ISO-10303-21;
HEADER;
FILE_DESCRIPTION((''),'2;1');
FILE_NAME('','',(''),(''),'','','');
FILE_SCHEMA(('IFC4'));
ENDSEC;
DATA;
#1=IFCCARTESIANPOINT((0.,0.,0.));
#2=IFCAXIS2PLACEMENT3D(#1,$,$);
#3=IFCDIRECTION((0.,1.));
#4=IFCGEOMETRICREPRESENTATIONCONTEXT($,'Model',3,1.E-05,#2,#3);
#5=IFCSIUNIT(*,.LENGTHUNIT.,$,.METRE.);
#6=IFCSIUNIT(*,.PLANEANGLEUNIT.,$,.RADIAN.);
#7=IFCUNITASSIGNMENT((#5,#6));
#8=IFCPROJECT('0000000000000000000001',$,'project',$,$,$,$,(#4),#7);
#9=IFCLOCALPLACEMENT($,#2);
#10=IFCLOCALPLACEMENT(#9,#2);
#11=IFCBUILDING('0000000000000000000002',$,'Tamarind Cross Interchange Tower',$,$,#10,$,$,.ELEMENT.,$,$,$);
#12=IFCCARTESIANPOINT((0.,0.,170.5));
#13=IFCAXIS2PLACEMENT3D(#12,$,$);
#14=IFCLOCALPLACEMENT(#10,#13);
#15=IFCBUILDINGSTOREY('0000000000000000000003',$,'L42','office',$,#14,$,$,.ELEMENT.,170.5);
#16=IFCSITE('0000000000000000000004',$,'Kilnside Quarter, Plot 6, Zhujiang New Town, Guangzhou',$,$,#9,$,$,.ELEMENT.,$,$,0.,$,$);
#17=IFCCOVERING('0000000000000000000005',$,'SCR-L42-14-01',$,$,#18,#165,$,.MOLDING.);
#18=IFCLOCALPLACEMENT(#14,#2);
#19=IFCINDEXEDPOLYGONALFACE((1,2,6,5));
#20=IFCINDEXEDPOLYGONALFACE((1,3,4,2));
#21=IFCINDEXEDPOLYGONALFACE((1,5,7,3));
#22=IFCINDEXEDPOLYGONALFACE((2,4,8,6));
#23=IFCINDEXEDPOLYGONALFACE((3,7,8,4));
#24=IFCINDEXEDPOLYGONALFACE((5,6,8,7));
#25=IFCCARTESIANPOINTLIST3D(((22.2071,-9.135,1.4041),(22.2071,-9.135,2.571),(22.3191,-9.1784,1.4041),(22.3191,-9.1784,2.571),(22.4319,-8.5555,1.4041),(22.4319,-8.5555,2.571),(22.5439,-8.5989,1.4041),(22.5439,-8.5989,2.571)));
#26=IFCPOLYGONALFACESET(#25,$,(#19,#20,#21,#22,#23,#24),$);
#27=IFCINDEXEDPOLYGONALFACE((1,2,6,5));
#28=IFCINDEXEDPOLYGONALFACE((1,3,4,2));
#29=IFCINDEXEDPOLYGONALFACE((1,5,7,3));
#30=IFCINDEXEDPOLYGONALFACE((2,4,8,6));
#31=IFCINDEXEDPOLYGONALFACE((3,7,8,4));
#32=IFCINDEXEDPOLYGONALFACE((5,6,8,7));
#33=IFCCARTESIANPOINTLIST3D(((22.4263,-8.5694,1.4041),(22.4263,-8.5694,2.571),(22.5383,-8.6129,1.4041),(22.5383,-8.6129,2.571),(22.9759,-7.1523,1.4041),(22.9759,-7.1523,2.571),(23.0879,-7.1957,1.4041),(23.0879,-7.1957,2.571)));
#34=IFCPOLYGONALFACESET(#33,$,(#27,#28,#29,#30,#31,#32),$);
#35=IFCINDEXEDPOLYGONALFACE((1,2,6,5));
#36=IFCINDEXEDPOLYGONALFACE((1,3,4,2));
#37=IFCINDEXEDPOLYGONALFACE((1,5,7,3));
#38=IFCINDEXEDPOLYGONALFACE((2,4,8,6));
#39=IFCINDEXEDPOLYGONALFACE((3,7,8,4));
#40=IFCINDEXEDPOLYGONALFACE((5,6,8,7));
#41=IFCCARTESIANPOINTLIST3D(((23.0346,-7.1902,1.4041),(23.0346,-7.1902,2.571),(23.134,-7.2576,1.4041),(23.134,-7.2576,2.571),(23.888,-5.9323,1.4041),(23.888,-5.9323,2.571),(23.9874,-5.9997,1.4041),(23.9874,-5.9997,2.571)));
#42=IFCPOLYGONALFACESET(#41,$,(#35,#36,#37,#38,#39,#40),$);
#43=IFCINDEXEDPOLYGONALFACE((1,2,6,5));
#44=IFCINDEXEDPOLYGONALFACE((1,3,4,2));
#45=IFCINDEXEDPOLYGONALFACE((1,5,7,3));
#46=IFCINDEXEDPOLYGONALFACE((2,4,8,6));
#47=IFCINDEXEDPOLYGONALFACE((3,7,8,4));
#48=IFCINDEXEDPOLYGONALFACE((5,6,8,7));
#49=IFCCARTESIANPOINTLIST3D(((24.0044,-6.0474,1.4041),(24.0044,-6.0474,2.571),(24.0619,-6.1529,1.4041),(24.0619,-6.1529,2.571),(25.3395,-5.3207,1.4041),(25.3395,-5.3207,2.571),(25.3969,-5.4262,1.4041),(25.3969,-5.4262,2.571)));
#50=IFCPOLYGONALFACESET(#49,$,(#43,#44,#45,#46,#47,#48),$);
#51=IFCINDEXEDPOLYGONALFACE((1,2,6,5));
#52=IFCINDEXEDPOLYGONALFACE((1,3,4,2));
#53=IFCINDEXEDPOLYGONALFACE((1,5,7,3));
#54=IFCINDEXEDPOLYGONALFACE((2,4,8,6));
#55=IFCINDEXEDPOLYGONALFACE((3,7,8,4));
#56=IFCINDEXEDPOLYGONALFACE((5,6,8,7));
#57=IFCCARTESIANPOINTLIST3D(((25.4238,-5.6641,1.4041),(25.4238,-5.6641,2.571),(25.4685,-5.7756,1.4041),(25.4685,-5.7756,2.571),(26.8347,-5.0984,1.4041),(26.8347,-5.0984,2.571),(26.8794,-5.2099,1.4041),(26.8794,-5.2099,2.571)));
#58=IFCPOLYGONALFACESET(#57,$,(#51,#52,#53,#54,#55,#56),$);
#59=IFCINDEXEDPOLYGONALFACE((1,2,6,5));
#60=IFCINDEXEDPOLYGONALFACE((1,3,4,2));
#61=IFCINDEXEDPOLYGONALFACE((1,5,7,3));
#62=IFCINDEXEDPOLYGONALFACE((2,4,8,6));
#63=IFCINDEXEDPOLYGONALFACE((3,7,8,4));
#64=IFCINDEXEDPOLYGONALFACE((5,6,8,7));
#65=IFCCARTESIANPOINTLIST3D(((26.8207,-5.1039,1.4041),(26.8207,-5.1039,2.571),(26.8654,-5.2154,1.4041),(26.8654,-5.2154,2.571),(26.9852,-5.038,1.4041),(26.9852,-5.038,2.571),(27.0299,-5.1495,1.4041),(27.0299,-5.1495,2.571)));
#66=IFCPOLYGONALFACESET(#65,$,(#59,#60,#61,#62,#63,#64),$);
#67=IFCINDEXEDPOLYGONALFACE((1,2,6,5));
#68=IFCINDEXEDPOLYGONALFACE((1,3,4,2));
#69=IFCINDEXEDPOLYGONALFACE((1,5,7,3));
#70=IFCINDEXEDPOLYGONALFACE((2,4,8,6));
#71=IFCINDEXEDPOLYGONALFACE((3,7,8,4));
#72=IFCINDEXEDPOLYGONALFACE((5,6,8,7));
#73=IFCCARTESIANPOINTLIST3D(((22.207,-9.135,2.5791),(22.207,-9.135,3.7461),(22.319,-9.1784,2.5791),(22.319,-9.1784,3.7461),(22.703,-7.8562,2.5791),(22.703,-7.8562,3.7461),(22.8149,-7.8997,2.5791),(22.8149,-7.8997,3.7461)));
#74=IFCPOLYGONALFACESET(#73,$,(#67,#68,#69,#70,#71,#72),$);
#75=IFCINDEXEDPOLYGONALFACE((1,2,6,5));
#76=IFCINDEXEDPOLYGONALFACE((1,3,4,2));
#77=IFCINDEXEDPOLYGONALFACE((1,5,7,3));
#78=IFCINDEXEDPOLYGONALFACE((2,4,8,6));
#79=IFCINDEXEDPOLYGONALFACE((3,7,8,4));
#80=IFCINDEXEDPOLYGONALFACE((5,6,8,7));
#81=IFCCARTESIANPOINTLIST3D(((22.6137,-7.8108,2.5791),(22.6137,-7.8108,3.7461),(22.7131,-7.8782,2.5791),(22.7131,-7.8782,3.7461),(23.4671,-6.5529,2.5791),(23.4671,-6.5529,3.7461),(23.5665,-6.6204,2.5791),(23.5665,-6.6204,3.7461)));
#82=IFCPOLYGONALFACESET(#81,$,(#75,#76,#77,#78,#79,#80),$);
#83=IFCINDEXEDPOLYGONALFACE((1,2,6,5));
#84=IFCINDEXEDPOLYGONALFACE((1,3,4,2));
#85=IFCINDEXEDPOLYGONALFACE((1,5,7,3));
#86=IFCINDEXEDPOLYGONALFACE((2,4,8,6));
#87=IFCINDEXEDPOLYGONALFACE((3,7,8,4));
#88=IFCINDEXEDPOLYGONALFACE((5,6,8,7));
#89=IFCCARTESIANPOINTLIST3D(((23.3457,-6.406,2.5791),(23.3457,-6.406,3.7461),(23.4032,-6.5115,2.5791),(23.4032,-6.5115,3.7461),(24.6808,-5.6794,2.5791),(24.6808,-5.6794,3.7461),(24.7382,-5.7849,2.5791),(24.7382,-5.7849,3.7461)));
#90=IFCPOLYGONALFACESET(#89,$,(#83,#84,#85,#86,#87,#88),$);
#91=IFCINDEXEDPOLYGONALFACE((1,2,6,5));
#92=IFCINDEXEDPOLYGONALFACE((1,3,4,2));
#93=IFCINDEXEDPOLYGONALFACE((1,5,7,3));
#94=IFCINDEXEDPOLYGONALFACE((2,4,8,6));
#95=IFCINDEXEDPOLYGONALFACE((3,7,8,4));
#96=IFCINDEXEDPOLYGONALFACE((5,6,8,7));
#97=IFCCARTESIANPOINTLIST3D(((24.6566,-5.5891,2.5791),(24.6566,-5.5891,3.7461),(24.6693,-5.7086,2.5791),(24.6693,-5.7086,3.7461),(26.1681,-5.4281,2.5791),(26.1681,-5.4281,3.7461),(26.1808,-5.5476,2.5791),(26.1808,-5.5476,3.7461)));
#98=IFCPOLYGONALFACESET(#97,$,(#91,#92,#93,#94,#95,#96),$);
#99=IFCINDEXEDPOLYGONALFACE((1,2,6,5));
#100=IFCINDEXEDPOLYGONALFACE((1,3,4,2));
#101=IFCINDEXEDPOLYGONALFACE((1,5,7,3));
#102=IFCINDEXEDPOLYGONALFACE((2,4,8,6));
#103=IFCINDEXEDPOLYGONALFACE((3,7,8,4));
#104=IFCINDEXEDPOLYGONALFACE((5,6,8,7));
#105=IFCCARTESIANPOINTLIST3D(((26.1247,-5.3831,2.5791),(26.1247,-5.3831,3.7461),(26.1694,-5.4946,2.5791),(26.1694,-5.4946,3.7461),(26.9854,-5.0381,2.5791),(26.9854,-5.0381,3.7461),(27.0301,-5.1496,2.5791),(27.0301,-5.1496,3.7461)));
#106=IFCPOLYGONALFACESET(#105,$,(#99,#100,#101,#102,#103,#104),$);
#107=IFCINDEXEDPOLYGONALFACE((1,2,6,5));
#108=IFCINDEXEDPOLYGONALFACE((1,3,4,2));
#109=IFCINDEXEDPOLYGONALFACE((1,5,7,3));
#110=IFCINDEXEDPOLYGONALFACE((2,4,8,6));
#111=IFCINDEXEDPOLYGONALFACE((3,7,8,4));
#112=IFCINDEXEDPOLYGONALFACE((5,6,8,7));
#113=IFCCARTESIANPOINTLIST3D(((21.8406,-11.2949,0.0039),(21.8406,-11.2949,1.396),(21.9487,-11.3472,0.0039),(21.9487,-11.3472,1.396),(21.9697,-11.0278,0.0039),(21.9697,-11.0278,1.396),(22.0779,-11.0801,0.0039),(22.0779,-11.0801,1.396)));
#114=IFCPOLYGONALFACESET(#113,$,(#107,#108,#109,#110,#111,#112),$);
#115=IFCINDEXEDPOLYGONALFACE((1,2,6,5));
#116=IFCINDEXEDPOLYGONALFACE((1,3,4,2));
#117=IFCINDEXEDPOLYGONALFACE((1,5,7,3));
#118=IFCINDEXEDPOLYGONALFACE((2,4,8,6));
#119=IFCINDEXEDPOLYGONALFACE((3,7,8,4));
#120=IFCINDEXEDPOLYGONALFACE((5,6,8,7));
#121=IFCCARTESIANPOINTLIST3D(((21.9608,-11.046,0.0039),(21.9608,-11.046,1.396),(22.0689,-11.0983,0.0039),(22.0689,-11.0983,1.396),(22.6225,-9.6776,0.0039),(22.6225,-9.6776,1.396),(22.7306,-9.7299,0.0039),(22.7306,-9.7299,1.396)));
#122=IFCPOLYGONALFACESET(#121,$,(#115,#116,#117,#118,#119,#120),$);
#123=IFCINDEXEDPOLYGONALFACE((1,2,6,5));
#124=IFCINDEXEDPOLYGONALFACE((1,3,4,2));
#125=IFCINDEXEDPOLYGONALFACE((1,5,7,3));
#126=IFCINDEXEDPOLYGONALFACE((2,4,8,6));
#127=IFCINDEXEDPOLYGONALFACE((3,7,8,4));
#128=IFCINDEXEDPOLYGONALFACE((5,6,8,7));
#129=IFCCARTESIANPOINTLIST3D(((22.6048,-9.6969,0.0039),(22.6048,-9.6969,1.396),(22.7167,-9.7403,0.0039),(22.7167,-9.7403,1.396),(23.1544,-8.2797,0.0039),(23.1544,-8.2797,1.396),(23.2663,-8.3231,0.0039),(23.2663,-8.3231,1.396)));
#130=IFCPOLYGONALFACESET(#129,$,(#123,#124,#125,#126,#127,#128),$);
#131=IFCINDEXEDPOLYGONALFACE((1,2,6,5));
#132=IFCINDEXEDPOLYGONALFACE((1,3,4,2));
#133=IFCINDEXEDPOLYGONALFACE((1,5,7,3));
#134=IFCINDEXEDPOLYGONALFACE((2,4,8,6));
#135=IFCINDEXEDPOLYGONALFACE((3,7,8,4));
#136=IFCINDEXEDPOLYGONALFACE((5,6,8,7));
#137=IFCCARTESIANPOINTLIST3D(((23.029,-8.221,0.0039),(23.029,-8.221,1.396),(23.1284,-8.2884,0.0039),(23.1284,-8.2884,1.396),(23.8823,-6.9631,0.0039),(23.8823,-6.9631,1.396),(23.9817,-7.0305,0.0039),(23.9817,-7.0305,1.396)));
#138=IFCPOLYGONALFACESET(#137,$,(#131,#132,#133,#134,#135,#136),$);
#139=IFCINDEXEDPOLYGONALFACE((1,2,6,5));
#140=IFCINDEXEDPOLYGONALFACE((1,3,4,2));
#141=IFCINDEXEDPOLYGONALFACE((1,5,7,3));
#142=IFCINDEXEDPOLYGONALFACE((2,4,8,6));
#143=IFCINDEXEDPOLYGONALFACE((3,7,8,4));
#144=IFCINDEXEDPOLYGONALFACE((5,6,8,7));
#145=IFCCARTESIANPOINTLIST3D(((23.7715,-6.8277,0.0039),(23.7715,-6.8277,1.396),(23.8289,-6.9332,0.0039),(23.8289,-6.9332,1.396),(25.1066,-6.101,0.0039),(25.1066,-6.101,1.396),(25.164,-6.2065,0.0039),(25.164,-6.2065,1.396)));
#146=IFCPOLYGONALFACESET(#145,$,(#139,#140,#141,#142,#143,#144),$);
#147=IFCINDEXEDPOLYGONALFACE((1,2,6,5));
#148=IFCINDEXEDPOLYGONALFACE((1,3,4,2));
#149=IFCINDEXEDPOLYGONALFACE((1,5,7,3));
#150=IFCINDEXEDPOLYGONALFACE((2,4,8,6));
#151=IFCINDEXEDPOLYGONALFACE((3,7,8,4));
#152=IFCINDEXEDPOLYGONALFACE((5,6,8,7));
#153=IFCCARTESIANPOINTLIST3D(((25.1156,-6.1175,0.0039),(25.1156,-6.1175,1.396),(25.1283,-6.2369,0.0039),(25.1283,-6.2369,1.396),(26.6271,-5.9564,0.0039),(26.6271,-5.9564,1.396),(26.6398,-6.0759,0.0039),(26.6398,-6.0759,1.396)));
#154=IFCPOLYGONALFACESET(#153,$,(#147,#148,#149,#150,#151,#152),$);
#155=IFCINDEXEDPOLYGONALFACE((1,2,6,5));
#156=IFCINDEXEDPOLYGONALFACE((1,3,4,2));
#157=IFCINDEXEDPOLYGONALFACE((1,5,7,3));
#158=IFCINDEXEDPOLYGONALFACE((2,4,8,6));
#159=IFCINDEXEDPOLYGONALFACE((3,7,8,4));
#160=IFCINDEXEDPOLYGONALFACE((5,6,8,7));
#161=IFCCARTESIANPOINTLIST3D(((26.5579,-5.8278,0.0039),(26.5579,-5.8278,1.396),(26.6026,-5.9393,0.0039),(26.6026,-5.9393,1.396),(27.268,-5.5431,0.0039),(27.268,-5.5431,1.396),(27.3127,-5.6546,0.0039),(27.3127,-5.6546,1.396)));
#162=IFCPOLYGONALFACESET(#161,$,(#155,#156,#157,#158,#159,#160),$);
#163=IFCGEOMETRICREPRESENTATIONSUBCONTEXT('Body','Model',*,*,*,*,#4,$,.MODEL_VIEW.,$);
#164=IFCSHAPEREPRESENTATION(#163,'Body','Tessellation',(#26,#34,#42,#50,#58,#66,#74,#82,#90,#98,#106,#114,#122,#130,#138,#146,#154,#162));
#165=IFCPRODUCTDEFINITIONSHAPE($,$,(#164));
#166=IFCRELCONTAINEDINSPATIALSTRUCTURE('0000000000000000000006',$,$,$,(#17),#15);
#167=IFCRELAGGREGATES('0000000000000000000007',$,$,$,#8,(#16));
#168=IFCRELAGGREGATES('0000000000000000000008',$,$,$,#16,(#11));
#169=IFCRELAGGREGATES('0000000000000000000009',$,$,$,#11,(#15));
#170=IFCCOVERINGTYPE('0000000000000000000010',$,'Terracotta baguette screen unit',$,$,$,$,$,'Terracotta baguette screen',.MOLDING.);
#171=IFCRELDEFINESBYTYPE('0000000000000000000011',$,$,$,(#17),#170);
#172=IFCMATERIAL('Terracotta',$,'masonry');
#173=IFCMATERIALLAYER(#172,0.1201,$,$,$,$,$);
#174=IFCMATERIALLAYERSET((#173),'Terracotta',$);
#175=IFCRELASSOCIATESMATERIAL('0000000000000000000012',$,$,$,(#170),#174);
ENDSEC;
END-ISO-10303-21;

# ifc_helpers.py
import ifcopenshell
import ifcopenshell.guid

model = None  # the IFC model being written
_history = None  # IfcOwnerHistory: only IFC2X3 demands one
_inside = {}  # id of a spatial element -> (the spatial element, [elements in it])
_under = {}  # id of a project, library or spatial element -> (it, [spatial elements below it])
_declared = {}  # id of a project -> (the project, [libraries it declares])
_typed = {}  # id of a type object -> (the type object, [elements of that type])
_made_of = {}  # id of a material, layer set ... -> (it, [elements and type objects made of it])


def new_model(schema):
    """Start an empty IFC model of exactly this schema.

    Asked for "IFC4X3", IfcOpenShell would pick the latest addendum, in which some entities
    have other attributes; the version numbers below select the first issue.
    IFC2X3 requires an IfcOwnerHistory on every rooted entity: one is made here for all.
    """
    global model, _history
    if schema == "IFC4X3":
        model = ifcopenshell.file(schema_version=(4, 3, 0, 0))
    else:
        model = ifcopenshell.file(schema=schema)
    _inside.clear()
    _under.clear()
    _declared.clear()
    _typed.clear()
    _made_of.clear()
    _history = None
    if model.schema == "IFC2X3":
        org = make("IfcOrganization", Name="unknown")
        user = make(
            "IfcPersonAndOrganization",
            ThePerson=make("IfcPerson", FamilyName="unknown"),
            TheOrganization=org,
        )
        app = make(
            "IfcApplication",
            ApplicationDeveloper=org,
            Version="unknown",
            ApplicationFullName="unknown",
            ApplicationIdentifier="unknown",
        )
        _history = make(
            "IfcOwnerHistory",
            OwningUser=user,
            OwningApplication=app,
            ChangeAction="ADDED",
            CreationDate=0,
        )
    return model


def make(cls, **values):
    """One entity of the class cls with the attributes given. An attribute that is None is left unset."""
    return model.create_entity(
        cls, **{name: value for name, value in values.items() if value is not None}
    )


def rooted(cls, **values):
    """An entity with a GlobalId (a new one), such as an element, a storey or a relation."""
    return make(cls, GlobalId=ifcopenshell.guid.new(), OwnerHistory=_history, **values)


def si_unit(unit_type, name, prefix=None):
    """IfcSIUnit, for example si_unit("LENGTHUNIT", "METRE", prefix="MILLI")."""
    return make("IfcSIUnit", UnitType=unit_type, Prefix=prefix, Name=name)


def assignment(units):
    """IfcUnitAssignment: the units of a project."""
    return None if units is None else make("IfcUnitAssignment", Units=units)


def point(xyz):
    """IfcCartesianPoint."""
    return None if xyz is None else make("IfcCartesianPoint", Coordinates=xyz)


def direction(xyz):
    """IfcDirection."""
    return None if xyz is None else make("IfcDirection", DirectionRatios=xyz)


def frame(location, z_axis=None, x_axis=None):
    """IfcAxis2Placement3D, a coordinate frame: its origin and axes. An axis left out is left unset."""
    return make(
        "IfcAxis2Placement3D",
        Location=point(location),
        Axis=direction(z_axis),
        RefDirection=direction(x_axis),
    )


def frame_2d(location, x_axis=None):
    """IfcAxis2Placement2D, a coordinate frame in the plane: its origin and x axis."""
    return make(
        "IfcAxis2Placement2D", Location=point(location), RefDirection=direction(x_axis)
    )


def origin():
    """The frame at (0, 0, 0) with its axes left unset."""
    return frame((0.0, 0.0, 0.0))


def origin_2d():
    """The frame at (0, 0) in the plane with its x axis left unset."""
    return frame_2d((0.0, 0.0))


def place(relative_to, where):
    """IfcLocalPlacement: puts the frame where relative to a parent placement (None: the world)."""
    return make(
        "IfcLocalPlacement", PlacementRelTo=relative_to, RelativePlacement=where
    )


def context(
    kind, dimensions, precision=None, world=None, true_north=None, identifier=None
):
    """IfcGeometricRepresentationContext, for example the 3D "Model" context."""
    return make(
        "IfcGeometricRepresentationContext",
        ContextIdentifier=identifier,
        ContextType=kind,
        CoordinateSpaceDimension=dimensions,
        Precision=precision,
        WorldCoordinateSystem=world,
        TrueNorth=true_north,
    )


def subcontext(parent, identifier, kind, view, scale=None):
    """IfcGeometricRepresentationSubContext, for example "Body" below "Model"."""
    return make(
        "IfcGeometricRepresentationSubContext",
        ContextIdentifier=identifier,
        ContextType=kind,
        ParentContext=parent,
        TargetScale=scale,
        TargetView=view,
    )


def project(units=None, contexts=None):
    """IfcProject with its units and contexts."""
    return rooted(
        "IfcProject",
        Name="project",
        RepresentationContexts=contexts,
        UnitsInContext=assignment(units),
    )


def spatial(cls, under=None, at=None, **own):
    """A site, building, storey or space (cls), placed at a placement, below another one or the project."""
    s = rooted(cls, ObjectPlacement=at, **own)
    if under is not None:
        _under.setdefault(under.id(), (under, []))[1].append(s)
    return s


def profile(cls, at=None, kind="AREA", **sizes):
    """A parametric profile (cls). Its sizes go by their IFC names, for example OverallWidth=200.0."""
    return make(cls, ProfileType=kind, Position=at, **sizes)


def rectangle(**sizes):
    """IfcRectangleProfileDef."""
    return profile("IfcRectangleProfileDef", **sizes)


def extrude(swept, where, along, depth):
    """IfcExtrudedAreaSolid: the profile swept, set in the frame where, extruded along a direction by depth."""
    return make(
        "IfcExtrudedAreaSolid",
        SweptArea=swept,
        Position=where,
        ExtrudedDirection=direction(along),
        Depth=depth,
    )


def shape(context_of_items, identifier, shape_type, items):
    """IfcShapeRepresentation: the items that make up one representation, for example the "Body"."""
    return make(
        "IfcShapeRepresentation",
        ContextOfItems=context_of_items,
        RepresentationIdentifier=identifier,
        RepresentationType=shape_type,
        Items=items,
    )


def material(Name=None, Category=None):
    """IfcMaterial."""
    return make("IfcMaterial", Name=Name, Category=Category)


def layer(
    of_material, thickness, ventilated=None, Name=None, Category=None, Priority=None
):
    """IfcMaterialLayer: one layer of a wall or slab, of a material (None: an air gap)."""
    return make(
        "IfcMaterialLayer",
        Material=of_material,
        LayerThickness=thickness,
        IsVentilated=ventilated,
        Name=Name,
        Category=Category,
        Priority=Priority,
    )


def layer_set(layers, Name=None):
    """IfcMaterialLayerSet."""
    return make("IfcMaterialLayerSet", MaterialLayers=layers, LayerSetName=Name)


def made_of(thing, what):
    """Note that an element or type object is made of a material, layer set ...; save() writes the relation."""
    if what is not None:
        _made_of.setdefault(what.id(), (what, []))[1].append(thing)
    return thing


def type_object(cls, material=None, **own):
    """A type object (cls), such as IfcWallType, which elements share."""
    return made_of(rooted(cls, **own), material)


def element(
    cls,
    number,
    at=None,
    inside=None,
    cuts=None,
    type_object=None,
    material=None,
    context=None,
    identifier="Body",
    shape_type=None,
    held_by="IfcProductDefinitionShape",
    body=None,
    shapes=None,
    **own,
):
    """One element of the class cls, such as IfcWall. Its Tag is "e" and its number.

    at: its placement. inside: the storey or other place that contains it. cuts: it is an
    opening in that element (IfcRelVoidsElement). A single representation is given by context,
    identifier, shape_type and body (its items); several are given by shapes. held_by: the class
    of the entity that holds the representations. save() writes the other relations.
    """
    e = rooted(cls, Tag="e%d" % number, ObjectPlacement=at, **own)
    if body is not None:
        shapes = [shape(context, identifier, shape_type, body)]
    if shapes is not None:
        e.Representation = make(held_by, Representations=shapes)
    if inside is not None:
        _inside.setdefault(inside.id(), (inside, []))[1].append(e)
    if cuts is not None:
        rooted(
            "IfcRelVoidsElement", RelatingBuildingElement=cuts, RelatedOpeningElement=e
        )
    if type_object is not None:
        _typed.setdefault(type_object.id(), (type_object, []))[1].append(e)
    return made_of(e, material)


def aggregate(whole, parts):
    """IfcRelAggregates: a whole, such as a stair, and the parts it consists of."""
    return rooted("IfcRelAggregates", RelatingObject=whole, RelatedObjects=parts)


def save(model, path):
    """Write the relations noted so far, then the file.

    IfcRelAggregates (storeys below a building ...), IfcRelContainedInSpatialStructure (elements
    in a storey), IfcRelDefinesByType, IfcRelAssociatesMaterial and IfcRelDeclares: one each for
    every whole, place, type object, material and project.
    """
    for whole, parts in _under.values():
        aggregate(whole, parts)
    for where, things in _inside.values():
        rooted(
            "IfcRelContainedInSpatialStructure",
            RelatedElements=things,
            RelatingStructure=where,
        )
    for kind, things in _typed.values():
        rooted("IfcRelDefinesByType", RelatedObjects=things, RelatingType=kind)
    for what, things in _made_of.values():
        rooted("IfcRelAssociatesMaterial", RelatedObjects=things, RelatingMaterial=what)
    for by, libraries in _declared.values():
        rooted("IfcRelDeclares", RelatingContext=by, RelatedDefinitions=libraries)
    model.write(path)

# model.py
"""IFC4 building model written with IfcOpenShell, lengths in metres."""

from ifc_helpers import new_model, si_unit, direction, frame, origin, origin_2d, place, context, subcontext, project, spatial, rectangle, extrude, material, layer, layer_set, type_object, element, save


model = new_model("IFC4")

# Units and contexts
model_context = context("Model", 3, precision=1e-05, world=origin(), true_north=direction((0.0, 1.0)))
body_context = subcontext(model_context, "Body", "Model", "MODEL_VIEW")
ifc_project = project(units=[si_unit("LENGTHUNIT", "METRE"), si_unit("PLANEANGLEUNIT", "RADIAN")], contexts=[model_context])

# Site, building, storey
site_placement = place(None, origin())
site = spatial("IfcSite", under=ifc_project, at=site_placement, Name="Kilnside Quarter, Plot 6, Zhujiang New Town, Guangzhou", CompositionType="ELEMENT", RefElevation=0.0)
building_placement = place(site_placement, origin())
building = spatial("IfcBuilding", under=site, at=building_placement, Name="Tamarind Cross Interchange Tower", CompositionType="ELEMENT")
storey_placement = place(building_placement, frame((0.0, 0.0, 170.5)))
storey = spatial("IfcBuildingStorey", under=building, at=storey_placement, Name="L42", Description="office", CompositionType="ELEMENT", Elevation=170.5)

# Covering
ifc_material_1 = material(Name="Terracotta", Category="masonry")
ifc_layer_1 = layer(ifc_material_1, 0.1201)
ifc_layer_set_1 = layer_set([ifc_layer_1], Name="Terracotta")
covering_type = type_object("IfcCoveringType", Name="Terracotta baguette screen unit", ElementType="Terracotta baguette screen", PredefinedType="MOLDING", material=ifc_layer_set_1)
covering_1_placement = place(storey_placement, origin())
element("IfcCovering", 1, at=covering_1_placement, inside=storey, type_object=covering_type, Name="SCR-L42-14-01", PredefinedType="MOLDING", context=body_context, shape_type="SweptSolid", body=[
    extrude(rectangle(XDim=0.6216, YDim=0.1201, at=origin_2d()), frame((22.3755, -8.8669, 1.4041), z_axis=(0.0, 0.0, 1.0), x_axis=(0.361573, 0.932344, 0.0)), (0.0, 0.0, 1.0), 1.167),
    extrude(rectangle(XDim=1.52, YDim=0.1201, at=origin_2d()), frame((22.7571, -7.8826, 1.4041), z_axis=(0.0, 0.0, 1.0), x_axis=(0.361573, 0.932344, 0.0)), (0.0, 0.0, 1.0), 1.167),
    extrude(rectangle(XDim=1.52, YDim=0.1201, at=origin_2d()), frame((23.511, -6.595, 1.4041), z_axis=(0.0, 0.0, 1.0), x_axis=(0.561401, 0.827544, 0.0)), (0.0, 0.0, 1.0), 1.167),
    extrude(rectangle(XDim=1.52, YDim=0.1201, at=origin_2d()), frame((24.7007, -5.7368, 1.4041), z_axis=(0.0, 0.0, 1.0), x_axis=(0.878334, 0.478047, 0.0)), (0.0, 0.0, 1.0), 1.167),
    extrude(rectangle(XDim=1.52, YDim=0.1201, at=origin_2d()), frame((26.1516, -5.437, 1.4041), z_axis=(0.0, 0.0, 1.0), x_axis=(0.928182, 0.372126, 0.0)), (0.0, 0.0, 1.0), 1.167),
    extrude(rectangle(XDim=0.1772, YDim=0.1201, at=origin_2d()), frame((26.9253, -5.1267, 1.4041), z_axis=(0.0, 0.0, 1.0), x_axis=(0.928182, 0.372126, 0.0)), (0.0, 0.0, 1.0), 1.167),
    extrude(rectangle(XDim=1.3716, YDim=0.1201, at=origin_2d()), frame((22.511, -8.5173, 2.5791), z_axis=(0.0, 0.0, 1.0), x_axis=(0.361573, 0.932344, 0.0)), (0.0, 0.0, 1.0), 1.167),
    extrude(rectangle(XDim=1.52, YDim=0.1201, at=origin_2d()), frame((23.0901, -7.2156, 2.5791), z_axis=(0.0, 0.0, 1.0), x_axis=(0.561401, 0.827544, 0.0)), (0.0, 0.0, 1.0), 1.167),
    extrude(rectangle(XDim=1.52, YDim=0.1201, at=origin_2d()), frame((24.042, -6.0955, 2.5791), z_axis=(0.0, 0.0, 1.0), x_axis=(0.878334, 0.478047, 0.0)), (0.0, 0.0, 1.0), 1.167),
    extrude(rectangle(XDim=1.52, YDim=0.1201, at=origin_2d()), frame((25.4187, -5.5684, 2.5791), z_axis=(0.0, 0.0, 1.0), x_axis=(0.994373, 0.105932, 0.0)), (0.0, 0.0, 1.0), 1.167),
    extrude(rectangle(XDim=0.9272, YDim=0.1201, at=origin_2d()), frame((26.5774, -5.2664, 2.5791), z_axis=(0.0, 0.0, 1.0), x_axis=(0.928182, 0.372126, 0.0)), (0.0, 0.0, 1.0), 1.167),
    extrude(rectangle(XDim=0.2966, YDim=0.1201, at=origin_2d()), frame((21.9592, -11.1875, 0.0039), z_axis=(0.0, 0.0, 1.0), x_axis=(0.435326, 0.900273, 0.0)), (0.0, 0.0, 1.0), 1.3921),
    extrude(rectangle(XDim=1.52, YDim=0.1201, at=origin_2d()), frame((22.3457, -10.3879, 0.0039), z_axis=(0.0, 0.0, 1.0), x_axis=(0.435326, 0.900273, 0.0)), (0.0, 0.0, 1.0), 1.3921),
    extrude(rectangle(XDim=1.52, YDim=0.1201, at=origin_2d()), frame((22.9355, -9.01, 0.0039), z_axis=(0.0, 0.0, 1.0), x_axis=(0.361573, 0.932344, 0.0)), (0.0, 0.0, 1.0), 1.3921),
    extrude(rectangle(XDim=1.52, YDim=0.1201, at=origin_2d()), frame((23.5054, -7.6257, 0.0039), z_axis=(0.0, 0.0, 1.0), x_axis=(0.561401, 0.827544, 0.0)), (0.0, 0.0, 1.0), 1.3921),
    extrude(rectangle(XDim=1.52, YDim=0.1201, at=origin_2d()), frame((24.4678, -6.5171, 0.0039), z_axis=(0.0, 0.0, 1.0), x_axis=(0.878334, 0.478047, 0.0)), (0.0, 0.0, 1.0), 1.3921),
    extrude(rectangle(XDim=1.52, YDim=0.1201, at=origin_2d()), frame((25.8777, -6.0967, 0.0039), z_axis=(0.0, 0.0, 1.0), x_axis=(0.994373, 0.105932, 0.0)), (0.0, 0.0, 1.0), 1.3921),
    extrude(rectangle(XDim=0.7651, YDim=0.1201, at=origin_2d()), frame((26.9353, -5.7412, 0.0039), z_axis=(0.0, 0.0, 1.0), x_axis=(0.928182, 0.372126, 0.0)), (0.0, 0.0, 1.0), 1.3921),
])

save(model, "model.ifc")
